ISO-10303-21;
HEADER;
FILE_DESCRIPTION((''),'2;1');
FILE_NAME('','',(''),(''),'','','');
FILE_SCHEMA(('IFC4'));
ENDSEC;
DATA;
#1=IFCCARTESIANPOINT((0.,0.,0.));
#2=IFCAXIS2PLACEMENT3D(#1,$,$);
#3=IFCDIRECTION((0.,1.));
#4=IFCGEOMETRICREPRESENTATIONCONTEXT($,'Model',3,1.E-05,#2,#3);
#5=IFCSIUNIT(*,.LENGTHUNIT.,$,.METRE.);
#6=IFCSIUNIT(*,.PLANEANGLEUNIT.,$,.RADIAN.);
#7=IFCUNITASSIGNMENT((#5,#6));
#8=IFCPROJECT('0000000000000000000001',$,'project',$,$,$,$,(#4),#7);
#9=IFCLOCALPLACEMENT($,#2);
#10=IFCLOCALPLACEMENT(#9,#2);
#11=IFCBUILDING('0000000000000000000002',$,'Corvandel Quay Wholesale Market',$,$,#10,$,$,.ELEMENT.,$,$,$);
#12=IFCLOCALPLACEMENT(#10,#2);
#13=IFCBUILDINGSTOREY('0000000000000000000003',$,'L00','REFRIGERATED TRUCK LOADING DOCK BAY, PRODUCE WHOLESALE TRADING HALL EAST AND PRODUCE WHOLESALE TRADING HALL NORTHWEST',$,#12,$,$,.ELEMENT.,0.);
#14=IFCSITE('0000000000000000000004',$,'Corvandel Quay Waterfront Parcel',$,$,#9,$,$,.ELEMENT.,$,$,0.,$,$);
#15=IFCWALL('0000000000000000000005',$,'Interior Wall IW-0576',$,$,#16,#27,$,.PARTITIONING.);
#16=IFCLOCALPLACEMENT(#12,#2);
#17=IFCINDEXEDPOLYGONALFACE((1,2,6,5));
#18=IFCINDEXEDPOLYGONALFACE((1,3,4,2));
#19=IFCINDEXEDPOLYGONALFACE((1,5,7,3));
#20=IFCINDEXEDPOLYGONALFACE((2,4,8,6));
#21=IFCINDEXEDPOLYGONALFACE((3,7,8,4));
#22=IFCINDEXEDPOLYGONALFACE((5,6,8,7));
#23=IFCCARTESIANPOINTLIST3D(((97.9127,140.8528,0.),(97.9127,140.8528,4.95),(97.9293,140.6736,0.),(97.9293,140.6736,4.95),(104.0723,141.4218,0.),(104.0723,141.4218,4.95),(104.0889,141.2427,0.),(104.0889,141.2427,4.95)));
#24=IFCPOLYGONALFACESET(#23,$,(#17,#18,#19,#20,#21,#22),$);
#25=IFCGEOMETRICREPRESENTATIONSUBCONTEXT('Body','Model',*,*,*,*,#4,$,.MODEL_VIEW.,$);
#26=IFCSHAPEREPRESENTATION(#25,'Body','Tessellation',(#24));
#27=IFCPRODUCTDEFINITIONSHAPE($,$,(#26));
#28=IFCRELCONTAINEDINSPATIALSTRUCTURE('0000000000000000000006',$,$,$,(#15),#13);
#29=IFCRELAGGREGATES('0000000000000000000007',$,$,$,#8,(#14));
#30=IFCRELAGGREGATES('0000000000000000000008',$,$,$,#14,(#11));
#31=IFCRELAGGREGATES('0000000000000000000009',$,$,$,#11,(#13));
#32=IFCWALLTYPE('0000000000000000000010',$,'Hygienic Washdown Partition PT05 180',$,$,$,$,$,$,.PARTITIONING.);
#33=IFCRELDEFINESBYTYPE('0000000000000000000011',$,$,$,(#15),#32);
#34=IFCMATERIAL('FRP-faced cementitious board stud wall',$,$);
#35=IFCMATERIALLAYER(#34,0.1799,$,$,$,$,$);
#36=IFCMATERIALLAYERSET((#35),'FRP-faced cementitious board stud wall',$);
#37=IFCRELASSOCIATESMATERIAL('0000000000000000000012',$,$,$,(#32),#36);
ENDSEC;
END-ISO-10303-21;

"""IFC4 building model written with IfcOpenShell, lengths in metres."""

from ifc_helpers import new_model, si_unit, direction, frame, frame_2d, origin, place, context, subcontext, project, spatial, rectangle, extrude, material, layer, layer_set, type_object, element, save


model = new_model("IFC4")

# Units and contexts
model_context = context("Model", 3, precision=1e-05, world=origin(), true_north=direction((0.0, 1.0)))
body_context = subcontext(model_context, "Body", "Model", "MODEL_VIEW")
ifc_project = project(units=[si_unit("LENGTHUNIT", "METRE"), si_unit("PLANEANGLEUNIT", "RADIAN")], contexts=[model_context])

# Site, building, storey
site_placement = place(None, origin())
site = spatial("IfcSite", under=ifc_project, at=site_placement, Name="Corvandel Quay Waterfront Parcel", CompositionType="ELEMENT", RefElevation=0.0)
building_placement = place(site_placement, origin())
building = spatial("IfcBuilding", under=site, at=building_placement, Name="Corvandel Quay Wholesale Market", CompositionType="ELEMENT")
storey_placement = place(building_placement, origin())
storey = spatial("IfcBuildingStorey", under=building, at=storey_placement, Name="L00", Description="REFRIGERATED TRUCK LOADING DOCK BAY, PRODUCE WHOLESALE TRADING HALL EAST AND PRODUCE WHOLESALE TRADING HALL NORTHWEST", CompositionType="ELEMENT", Elevation=0.0)

# Wall
ifc_material_1 = material(Name="FRP-faced cementitious board stud wall")
ifc_layer_1 = layer(ifc_material_1, 0.1799)
ifc_layer_set_1 = layer_set([ifc_layer_1], Name="FRP-faced cementitious board stud wall")
wall_type_1 = type_object("IfcWallType", Name="Hygienic Washdown Partition PT05 180", PredefinedType="PARTITIONING", material=ifc_layer_set_1)
wall_1_placement = place(storey_placement, frame((97.9211, 140.7632, 0.0), z_axis=(0.0, 0.0, 1.0), x_axis=(0.995759, 0.091998, 0.0)))
element("IfcWall", 1, at=wall_1_placement, inside=storey, type_object=wall_type_1, Name="Interior Wall IW-0576", PredefinedType="PARTITIONING", context=body_context, shape_type="SweptSolid", body=[
    extrude(rectangle(XDim=6.1858, YDim=0.1799, at=frame_2d((3.0928, 0.0))), origin(), (0.0, 0.0, 1.0), 4.95),
])

save(model, "model.ifc")
